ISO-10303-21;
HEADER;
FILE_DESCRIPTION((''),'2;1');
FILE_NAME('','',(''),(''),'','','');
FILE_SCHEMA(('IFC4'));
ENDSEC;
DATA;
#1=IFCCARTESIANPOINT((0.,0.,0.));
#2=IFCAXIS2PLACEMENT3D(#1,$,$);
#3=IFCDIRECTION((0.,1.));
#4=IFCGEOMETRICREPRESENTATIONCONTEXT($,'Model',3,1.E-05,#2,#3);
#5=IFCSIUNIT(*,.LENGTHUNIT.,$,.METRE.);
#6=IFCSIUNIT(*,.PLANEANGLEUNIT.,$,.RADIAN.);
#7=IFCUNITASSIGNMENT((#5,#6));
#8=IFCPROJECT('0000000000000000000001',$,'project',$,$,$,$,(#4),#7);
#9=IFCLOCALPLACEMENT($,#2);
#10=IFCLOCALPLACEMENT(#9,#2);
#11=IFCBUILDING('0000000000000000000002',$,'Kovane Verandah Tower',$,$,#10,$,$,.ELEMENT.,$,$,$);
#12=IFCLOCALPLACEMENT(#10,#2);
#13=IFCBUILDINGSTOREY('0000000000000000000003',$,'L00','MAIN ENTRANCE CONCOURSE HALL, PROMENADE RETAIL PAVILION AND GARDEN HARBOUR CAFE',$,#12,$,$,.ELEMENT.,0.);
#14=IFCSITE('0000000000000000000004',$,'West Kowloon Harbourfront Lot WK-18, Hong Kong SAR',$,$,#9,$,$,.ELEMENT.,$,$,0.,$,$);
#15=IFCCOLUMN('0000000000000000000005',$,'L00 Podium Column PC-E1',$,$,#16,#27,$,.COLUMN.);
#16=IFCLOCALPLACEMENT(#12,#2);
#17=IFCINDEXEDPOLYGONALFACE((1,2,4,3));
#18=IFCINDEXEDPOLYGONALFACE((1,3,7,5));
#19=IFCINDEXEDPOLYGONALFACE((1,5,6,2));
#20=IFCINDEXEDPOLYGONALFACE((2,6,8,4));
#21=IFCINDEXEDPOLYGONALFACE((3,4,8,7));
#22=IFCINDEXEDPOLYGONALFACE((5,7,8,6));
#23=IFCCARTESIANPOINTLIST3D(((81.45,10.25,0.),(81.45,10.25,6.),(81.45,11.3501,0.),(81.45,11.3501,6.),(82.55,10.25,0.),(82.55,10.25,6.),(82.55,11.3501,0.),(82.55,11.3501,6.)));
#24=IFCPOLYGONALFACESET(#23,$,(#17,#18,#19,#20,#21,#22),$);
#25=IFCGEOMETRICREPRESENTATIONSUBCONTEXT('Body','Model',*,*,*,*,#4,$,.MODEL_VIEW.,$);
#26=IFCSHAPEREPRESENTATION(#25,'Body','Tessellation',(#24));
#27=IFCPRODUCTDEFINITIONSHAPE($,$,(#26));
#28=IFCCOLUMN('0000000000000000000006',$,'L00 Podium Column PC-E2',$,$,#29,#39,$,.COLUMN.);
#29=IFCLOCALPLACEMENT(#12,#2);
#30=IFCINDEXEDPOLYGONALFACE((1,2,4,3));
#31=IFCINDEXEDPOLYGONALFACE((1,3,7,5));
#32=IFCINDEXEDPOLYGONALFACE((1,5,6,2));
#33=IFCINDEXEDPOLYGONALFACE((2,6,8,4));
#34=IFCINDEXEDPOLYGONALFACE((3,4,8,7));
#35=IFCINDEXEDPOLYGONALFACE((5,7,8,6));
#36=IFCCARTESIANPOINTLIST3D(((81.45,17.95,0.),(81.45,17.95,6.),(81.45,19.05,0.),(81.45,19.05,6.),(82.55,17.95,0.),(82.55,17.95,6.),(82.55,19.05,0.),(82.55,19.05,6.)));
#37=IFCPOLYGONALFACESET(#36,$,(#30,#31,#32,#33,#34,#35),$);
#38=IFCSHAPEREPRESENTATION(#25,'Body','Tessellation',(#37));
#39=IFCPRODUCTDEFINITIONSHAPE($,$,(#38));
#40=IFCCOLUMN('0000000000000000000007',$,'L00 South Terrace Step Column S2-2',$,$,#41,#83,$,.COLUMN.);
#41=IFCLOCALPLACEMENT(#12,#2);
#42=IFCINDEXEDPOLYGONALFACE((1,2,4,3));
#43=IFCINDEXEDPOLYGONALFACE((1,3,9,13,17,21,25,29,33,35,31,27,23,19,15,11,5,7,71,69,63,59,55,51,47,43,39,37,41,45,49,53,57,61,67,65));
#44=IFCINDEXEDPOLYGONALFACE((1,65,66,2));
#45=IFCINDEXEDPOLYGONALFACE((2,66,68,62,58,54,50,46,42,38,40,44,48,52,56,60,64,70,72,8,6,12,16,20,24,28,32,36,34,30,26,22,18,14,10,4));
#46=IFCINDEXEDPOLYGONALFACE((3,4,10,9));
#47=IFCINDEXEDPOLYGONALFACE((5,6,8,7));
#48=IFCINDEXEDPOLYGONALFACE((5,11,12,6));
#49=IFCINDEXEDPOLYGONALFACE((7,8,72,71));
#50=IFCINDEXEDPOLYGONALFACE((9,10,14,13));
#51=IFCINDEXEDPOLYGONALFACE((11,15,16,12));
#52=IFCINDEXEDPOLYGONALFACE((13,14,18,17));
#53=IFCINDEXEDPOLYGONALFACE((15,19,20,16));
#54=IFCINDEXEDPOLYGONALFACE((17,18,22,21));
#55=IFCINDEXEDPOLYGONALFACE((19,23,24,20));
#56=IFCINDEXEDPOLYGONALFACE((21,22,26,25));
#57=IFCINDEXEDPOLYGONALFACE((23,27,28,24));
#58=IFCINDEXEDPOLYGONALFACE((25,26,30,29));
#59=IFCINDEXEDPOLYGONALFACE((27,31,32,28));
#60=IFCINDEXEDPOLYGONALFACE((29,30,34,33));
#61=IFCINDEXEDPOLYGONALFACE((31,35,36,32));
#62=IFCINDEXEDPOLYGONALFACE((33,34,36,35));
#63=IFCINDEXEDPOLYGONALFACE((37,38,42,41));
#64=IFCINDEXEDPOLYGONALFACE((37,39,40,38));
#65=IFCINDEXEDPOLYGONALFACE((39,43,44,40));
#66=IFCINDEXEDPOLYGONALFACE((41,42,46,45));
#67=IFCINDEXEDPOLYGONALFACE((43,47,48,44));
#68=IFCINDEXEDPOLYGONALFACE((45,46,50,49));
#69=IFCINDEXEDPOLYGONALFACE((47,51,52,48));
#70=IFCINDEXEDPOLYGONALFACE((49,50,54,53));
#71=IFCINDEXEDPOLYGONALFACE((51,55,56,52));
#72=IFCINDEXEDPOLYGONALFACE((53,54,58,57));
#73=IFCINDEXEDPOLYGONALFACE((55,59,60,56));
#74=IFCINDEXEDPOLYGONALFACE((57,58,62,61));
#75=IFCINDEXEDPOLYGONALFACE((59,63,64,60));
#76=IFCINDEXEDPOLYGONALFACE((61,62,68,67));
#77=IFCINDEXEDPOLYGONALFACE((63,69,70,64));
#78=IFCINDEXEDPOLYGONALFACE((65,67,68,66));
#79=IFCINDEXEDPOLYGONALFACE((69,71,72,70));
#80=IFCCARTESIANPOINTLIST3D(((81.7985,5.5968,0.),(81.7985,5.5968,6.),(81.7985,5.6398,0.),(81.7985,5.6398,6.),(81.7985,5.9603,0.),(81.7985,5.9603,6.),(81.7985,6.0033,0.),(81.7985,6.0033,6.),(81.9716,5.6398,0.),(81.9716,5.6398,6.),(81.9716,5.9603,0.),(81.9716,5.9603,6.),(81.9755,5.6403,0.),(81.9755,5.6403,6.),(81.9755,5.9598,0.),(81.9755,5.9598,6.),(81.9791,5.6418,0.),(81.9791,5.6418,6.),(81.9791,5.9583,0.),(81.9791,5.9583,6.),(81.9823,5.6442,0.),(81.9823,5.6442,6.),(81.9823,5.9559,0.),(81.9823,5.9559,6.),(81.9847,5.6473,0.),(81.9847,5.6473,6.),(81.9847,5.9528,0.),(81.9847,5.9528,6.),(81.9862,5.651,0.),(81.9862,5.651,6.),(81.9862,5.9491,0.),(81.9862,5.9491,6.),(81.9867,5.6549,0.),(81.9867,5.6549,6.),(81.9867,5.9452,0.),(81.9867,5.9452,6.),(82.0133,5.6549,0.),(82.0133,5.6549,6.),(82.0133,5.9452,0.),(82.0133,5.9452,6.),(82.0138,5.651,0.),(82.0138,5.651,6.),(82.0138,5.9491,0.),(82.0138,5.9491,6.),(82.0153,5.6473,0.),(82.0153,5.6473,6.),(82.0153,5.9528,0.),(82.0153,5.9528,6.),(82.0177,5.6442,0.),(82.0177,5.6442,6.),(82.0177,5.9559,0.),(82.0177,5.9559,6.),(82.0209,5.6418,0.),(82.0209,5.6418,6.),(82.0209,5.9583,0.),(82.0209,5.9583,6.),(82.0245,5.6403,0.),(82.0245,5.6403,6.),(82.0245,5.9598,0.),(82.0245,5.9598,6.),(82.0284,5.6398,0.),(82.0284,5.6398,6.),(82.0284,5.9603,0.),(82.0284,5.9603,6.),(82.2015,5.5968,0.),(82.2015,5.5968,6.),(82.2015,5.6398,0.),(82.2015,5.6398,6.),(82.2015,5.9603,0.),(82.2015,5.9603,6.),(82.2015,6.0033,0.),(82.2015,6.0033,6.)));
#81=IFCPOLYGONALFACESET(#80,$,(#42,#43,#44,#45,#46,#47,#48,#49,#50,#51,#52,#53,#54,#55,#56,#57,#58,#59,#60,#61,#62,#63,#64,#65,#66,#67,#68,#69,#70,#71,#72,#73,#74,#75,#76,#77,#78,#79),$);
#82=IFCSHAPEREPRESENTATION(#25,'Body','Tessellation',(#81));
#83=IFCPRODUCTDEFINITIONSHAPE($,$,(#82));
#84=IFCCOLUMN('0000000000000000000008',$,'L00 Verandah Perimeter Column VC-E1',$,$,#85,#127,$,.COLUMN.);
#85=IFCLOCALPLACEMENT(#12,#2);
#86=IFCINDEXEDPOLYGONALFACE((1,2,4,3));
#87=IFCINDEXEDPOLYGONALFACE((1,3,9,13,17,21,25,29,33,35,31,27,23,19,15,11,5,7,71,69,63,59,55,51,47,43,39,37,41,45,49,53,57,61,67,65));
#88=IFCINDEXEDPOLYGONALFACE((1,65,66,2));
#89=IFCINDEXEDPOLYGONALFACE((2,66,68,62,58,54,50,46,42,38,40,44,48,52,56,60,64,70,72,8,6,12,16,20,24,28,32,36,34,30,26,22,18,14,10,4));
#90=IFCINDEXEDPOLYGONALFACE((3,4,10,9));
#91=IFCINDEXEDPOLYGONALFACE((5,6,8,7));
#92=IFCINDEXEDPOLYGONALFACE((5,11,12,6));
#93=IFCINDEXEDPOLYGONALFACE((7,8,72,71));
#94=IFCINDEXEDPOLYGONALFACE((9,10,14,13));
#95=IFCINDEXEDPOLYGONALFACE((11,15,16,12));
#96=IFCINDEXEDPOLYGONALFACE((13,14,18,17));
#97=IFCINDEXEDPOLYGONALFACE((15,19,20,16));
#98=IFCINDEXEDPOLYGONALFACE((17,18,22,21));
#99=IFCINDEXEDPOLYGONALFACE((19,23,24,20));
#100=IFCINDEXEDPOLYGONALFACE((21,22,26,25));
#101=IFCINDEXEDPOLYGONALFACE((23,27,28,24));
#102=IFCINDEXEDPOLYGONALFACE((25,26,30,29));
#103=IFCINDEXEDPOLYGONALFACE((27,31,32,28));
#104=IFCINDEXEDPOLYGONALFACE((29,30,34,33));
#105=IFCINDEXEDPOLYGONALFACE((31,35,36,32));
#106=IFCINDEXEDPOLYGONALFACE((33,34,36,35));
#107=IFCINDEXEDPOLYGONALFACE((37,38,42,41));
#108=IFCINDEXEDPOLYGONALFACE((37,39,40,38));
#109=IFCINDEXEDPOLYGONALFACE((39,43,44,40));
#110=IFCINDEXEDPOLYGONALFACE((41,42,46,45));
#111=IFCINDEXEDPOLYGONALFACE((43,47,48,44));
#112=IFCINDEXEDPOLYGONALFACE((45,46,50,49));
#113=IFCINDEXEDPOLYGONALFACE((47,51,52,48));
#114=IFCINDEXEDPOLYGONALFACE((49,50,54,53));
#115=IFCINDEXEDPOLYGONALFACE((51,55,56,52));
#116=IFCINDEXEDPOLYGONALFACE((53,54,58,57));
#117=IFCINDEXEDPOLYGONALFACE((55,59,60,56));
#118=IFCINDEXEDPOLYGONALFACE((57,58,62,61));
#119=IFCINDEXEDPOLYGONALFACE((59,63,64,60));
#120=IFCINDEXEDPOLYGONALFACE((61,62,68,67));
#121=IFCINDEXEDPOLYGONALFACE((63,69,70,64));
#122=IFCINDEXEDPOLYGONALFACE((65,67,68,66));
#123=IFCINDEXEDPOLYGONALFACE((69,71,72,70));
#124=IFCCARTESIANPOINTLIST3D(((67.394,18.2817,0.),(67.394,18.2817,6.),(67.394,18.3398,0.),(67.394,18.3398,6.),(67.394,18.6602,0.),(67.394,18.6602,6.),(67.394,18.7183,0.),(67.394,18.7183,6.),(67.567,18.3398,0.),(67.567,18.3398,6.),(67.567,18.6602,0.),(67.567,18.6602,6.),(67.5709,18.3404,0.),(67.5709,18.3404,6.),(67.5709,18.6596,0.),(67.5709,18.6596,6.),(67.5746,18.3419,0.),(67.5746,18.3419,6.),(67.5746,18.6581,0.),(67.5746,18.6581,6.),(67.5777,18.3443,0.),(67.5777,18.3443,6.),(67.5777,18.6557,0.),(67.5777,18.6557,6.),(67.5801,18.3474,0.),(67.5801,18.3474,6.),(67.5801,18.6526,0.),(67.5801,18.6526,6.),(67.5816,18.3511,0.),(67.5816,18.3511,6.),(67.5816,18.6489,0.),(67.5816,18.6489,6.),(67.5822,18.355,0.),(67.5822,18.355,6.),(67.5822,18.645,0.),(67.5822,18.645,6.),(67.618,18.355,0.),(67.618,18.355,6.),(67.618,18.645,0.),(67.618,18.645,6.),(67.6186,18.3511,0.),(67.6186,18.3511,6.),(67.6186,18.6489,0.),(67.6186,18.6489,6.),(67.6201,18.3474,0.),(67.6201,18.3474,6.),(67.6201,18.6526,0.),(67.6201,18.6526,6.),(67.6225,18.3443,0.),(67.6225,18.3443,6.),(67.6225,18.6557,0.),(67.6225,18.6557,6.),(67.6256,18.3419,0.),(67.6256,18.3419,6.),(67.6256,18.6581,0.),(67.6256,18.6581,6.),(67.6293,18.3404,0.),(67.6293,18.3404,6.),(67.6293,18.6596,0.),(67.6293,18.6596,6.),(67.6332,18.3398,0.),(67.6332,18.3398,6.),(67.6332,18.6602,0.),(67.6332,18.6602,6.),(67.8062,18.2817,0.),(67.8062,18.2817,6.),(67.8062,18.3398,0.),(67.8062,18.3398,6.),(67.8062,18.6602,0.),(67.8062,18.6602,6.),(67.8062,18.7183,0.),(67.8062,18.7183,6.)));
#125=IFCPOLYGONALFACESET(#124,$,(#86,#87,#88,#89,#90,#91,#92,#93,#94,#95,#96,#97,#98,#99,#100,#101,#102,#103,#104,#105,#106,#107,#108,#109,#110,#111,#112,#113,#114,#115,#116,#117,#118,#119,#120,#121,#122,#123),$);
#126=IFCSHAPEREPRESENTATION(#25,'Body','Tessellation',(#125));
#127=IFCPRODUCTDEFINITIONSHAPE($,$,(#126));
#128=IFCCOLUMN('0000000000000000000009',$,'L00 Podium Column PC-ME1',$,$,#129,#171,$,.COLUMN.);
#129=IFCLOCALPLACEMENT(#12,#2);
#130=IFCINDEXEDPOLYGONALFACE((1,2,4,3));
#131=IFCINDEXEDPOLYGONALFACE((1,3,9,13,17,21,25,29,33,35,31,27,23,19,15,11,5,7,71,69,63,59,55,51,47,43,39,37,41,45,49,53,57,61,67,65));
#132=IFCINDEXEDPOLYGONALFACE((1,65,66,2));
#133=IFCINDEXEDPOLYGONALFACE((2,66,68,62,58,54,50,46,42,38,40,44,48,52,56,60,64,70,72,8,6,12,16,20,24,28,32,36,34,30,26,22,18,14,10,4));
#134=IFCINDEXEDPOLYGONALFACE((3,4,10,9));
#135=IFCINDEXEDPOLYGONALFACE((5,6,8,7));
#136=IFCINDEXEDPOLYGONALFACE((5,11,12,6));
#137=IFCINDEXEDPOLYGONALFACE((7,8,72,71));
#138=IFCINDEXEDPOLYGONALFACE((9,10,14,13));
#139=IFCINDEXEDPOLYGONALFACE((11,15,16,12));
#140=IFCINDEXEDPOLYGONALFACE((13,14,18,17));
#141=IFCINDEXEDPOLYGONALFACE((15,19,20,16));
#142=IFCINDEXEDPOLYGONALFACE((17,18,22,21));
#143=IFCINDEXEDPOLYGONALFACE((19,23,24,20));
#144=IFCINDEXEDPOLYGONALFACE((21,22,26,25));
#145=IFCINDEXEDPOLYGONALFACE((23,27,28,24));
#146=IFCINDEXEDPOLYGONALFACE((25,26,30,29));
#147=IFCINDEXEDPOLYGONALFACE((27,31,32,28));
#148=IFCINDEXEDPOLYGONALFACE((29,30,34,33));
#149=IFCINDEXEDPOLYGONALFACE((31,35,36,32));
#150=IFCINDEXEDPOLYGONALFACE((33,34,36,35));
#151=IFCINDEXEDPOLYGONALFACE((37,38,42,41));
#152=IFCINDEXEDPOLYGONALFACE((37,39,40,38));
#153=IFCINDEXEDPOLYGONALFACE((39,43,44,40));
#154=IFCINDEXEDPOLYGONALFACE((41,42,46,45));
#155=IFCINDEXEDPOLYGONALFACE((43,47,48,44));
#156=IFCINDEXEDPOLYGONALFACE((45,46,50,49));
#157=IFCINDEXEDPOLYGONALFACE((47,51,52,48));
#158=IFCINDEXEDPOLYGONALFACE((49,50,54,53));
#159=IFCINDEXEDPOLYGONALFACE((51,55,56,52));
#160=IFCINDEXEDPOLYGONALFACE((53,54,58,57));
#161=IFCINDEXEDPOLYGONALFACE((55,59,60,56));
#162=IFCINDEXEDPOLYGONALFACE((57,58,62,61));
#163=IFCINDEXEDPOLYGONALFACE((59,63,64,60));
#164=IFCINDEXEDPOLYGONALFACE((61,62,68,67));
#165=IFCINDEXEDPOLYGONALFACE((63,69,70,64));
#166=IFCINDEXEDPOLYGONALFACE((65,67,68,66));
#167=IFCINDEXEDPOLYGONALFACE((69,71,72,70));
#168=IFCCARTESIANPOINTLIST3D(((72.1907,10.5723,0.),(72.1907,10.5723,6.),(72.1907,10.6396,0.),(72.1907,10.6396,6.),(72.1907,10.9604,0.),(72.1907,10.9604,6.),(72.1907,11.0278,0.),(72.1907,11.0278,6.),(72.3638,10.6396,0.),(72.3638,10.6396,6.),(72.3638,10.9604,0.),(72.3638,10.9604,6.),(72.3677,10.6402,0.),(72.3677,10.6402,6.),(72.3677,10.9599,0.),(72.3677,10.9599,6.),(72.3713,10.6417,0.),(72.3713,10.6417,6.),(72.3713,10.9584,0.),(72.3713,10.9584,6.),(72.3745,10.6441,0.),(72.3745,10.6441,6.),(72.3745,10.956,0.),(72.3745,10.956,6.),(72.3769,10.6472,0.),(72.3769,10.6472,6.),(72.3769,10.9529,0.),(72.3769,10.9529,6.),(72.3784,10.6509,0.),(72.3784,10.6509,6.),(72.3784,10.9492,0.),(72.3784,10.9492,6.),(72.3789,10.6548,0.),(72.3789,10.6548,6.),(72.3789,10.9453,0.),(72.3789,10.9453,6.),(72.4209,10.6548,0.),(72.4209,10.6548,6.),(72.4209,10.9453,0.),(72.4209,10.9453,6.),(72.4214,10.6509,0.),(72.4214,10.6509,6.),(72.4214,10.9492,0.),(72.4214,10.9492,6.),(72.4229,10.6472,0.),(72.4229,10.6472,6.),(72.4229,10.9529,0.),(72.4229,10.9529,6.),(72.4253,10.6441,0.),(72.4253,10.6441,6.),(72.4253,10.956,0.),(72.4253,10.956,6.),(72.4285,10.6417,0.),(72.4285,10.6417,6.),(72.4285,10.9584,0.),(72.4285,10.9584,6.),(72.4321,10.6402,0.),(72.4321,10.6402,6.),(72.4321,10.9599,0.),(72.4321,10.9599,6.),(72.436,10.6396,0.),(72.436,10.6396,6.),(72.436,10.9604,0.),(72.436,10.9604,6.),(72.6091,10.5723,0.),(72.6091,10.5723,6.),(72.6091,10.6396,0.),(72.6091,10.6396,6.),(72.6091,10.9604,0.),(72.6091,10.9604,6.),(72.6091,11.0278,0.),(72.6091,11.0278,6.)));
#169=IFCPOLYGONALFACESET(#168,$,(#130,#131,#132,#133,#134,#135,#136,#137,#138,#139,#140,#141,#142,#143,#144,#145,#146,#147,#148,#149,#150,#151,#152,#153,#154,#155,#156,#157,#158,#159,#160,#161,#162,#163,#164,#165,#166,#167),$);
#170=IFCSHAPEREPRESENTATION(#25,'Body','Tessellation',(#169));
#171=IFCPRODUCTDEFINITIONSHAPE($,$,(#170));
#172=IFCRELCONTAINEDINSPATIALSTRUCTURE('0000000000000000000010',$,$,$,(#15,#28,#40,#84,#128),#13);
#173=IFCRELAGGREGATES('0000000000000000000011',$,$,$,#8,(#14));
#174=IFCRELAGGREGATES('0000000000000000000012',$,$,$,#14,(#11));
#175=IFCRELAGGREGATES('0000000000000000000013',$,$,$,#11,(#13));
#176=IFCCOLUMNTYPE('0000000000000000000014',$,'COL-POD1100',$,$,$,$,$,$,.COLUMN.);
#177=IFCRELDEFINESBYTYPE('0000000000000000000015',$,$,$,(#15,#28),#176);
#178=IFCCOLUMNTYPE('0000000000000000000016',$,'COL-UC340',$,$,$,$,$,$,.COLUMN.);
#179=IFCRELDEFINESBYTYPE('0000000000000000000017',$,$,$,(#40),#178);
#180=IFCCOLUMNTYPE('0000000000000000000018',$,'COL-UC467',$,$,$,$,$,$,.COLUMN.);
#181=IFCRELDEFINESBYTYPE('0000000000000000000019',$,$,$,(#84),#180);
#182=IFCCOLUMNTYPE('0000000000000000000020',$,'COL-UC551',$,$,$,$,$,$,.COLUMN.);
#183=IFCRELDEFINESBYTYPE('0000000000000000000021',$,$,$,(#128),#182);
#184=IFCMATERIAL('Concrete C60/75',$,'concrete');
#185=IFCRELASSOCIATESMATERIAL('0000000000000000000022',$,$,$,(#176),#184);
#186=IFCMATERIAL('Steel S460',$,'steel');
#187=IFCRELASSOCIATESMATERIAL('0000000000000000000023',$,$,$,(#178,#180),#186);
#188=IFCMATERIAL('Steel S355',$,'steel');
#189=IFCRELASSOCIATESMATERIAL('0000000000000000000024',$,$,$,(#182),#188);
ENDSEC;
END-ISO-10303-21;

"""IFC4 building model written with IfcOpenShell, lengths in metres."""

from ifc_helpers import new_model, si_unit, direction, frame, origin, origin_2d, place, context, subcontext, project, spatial, rectangle, i_section, extrude, material, material_profile, profile_set, type_object, element, save


model = new_model("IFC4")

# Units and contexts
model_context = context("Model", 3, precision=1e-05, world=origin(), true_north=direction((0.0, 1.0)))
body_context = subcontext(model_context, "Body", "Model", "MODEL_VIEW")
ifc_project = project(units=[si_unit("LENGTHUNIT", "METRE"), si_unit("PLANEANGLEUNIT", "RADIAN")], contexts=[model_context])

# Site, building, storey
site_placement = place(None, origin())
site = spatial("IfcSite", under=ifc_project, at=site_placement, Name="West Kowloon Harbourfront Lot WK-18, Hong Kong SAR", CompositionType="ELEMENT", RefElevation=0.0)
building_placement = place(site_placement, origin())
building = spatial("IfcBuilding", under=site, at=building_placement, Name="Kovane Verandah Tower", CompositionType="ELEMENT")
storey_placement = place(building_placement, origin())
storey = spatial("IfcBuildingStorey", under=building, at=storey_placement, Name="L00", Description="MAIN ENTRANCE CONCOURSE HALL, PROMENADE RETAIL PAVILION AND GARDEN HARBOUR CAFE", CompositionType="ELEMENT", Elevation=0.0)

# Columns
ifc_material_1 = material(Name="Concrete C60/75", Category="concrete")
ifc_material_profile_1 = material_profile(ifc_material_1, rectangle(XDim=1.1001, YDim=1.1001, at=origin_2d()), Name="RC1100x1100")
ifc_profile_set_1 = profile_set([ifc_material_profile_1], Name="Concrete C60/75")
column_type_1 = type_object("IfcColumnType", Name="COL-POD1100", PredefinedType="COLUMN", material=ifc_profile_set_1)
for number, where, z_axis, x_axis, name in (
    (1, (82.0, 10.8, 0.0), (0.0, 0.0, 1.0), (1.0, 0.0, 0.0), "L00 Podium Column PC-E1"),
    (2, (82.0, 18.5, 0.0), (0.0, 0.0, 1.0), (1.0, 0.0, 0.0), "L00 Podium Column PC-E2"),
):
    element("IfcColumn", number, at=place(storey_placement, frame(where, z_axis=z_axis, x_axis=x_axis)), inside=storey, type_object=column_type_1, Name=name, PredefinedType="COLUMN", context=body_context, shape_type="SweptSolid", body=[
        extrude(rectangle(XDim=1.1001, YDim=1.1001, at=origin_2d()), origin(), (0.0, 0.0, 1.0), 6.0),
    ])
ifc_material_2 = material(Name="Steel S460", Category="steel")
ifc_material_profile_2 = material_profile(ifc_material_2, i_section(OverallWidth=0.4031, OverallDepth=0.4065, WebThickness=0.0266, FlangeThickness=0.043, FilletRadius=0.0151, at=origin_2d()), Name="UC356x406x340")
ifc_profile_set_2 = profile_set([ifc_material_profile_2], Name="Steel S460")
column_type_2 = type_object("IfcColumnType", Name="COL-UC340", PredefinedType="COLUMN", material=ifc_profile_set_2)
column_1_placement = place(storey_placement, frame((82.0, 5.8, 0.0), z_axis=(0.0, 0.0, 1.0), x_axis=(1.0, 0.0, 0.0)))
element("IfcColumn", 3, at=column_1_placement, inside=storey, type_object=column_type_2, Name="L00 South Terrace Step Column S2-2", PredefinedType="COLUMN", context=body_context, shape_type="SweptSolid", body=[
    extrude(i_section(OverallWidth=0.4031, OverallDepth=0.4065, WebThickness=0.0266, FlangeThickness=0.043, FilletRadius=0.0151, at=origin_2d()), origin(), (0.0, 0.0, 1.0), 6.0),
])
ifc_material_profile_3 = material_profile(ifc_material_2, i_section(OverallWidth=0.4121, OverallDepth=0.4365, WebThickness=0.0359, FlangeThickness=0.0581, FilletRadius=0.0151, at=origin_2d()), Name="UC356x406x467")
ifc_profile_set_3 = profile_set([ifc_material_profile_3], Name="Steel S460")
column_type_3 = type_object("IfcColumnType", Name="COL-UC467", PredefinedType="COLUMN", material=ifc_profile_set_3)
column_2_placement = place(storey_placement, frame((67.6001, 18.5, 0.0), z_axis=(0.0, 0.0, 1.0), x_axis=(1.0, 0.0, 0.0)))
element("IfcColumn", 4, at=column_2_placement, inside=storey, type_object=column_type_3, Name="L00 Verandah Perimeter Column VC-E1", PredefinedType="COLUMN", context=body_context, shape_type="SweptSolid", body=[
    extrude(i_section(OverallWidth=0.4121, OverallDepth=0.4365, WebThickness=0.0359, FlangeThickness=0.0581, FilletRadius=0.0151, at=origin_2d()), origin(), (0.0, 0.0, 1.0), 6.0),
])
ifc_material_3 = material(Name="Steel S355", Category="steel")
ifc_material_profile_4 = material_profile(ifc_material_3, i_section(OverallWidth=0.4185, OverallDepth=0.4556, WebThickness=0.042, FlangeThickness=0.0674, FilletRadius=0.0151, at=origin_2d()), Name="UC356x406x551")
ifc_profile_set_4 = profile_set([ifc_material_profile_4], Name="Steel S355")
column_type_4 = type_object("IfcColumnType", Name="COL-UC551", PredefinedType="COLUMN", material=ifc_profile_set_4)
for number, where, z_axis, x_axis, name in (
    (5, (72.3999, 10.8, 0.0), (0.0, 0.0, 1.0), (1.0, 0.0, 0.0), "L00 Podium Column PC-ME1"),
):
    element("IfcColumn", number, at=place(storey_placement, frame(where, z_axis=z_axis, x_axis=x_axis)), inside=storey, type_object=column_type_4, Name=name, PredefinedType="COLUMN", context=body_context, shape_type="SweptSolid", body=[
        extrude(i_section(OverallWidth=0.4185, OverallDepth=0.4556, WebThickness=0.042, FlangeThickness=0.0674, FilletRadius=0.0151, at=origin_2d()), origin(), (0.0, 0.0, 1.0), 6.0),
    ])

save(model, "model.ifc")
